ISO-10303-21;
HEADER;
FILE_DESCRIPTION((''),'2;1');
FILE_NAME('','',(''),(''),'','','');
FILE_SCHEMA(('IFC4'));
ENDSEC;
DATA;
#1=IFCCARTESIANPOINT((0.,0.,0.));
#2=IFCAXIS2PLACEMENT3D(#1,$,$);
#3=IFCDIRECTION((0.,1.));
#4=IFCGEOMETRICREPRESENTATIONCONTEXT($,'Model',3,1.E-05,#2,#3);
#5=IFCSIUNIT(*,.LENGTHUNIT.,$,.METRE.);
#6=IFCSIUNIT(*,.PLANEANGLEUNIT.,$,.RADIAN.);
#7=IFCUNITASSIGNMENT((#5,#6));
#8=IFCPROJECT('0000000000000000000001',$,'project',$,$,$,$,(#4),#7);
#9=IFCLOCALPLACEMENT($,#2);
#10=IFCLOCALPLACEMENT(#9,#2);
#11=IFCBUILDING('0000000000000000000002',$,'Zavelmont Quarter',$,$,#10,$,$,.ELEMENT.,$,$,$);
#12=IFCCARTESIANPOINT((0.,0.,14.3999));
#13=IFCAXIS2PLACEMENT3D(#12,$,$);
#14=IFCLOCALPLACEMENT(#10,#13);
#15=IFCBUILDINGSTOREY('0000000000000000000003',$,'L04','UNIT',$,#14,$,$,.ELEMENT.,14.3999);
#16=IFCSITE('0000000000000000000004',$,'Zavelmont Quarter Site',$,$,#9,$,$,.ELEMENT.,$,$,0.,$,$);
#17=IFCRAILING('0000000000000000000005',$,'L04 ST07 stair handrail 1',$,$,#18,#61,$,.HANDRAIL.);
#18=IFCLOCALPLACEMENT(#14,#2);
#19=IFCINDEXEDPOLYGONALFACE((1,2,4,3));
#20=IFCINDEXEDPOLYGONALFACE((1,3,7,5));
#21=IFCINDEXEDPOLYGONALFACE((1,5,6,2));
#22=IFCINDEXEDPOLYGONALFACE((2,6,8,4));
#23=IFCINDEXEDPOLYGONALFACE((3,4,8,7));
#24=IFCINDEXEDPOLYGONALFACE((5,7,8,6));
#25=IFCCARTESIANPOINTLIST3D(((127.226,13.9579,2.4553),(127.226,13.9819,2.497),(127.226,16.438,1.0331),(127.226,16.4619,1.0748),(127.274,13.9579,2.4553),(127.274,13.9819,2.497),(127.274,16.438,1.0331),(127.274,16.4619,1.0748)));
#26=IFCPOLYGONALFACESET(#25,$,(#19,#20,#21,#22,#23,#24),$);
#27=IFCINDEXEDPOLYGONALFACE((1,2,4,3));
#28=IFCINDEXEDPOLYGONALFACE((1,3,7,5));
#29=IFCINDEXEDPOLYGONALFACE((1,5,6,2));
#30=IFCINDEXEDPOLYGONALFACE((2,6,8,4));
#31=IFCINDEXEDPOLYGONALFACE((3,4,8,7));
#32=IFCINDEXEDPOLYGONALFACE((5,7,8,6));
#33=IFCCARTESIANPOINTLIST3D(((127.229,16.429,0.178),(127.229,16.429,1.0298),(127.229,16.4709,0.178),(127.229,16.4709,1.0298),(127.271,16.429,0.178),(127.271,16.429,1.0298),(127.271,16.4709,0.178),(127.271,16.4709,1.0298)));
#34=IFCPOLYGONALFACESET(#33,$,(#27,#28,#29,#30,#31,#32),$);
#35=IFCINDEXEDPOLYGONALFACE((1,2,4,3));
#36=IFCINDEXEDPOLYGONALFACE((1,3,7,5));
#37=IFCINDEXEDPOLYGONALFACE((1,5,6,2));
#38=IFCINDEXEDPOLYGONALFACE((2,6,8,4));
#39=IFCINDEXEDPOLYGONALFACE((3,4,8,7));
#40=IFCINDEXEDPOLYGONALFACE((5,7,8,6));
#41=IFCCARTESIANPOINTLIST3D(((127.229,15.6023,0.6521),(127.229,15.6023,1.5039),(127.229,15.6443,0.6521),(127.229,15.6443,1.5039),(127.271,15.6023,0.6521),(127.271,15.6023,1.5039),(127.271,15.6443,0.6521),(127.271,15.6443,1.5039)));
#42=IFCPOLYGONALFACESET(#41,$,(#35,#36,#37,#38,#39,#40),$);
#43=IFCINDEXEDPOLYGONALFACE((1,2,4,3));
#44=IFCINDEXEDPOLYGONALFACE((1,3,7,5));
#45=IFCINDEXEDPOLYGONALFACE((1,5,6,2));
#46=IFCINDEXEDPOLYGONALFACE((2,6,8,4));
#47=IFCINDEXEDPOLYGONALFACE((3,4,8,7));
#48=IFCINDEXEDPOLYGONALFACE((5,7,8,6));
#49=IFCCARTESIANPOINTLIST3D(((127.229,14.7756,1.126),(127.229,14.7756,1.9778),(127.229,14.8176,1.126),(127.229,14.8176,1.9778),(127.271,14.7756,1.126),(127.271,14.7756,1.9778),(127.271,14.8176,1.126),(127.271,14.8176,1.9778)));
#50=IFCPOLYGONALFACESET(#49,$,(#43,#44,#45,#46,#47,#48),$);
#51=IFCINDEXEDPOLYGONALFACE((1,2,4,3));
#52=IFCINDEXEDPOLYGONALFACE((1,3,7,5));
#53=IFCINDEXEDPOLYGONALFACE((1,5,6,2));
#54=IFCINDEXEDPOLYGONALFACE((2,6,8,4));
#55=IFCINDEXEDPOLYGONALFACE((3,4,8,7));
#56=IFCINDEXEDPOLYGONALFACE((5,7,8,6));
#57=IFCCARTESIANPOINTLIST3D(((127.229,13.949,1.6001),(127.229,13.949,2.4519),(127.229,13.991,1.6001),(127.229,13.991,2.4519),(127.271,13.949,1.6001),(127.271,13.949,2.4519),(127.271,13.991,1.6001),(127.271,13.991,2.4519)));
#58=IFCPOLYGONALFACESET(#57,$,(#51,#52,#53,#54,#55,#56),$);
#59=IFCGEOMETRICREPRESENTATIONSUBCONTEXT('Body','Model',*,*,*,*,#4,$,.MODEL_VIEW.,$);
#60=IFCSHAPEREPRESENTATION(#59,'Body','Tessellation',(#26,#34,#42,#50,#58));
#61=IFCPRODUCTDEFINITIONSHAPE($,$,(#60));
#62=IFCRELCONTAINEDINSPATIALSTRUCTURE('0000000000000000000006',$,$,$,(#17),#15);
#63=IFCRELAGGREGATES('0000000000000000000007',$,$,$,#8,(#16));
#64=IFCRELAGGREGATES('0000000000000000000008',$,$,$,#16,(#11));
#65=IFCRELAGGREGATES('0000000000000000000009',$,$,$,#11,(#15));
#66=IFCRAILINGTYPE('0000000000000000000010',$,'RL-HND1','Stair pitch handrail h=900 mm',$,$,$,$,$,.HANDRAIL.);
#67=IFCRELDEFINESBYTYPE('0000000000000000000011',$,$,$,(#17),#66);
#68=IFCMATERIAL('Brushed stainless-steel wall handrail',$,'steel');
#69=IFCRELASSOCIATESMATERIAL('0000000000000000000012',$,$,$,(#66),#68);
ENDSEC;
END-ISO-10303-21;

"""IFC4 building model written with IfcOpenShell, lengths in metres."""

from ifc_helpers import new_model, si_unit, direction, frame, origin, origin_2d, place, context, subcontext, project, spatial, rectangle, extrude, material, type_object, element, save


model = new_model("IFC4")

# Units and contexts
model_context = context("Model", 3, precision=1e-05, world=origin(), true_north=direction((0.0, 1.0)))
body_context = subcontext(model_context, "Body", "Model", "MODEL_VIEW")
ifc_project = project(units=[si_unit("LENGTHUNIT", "METRE"), si_unit("PLANEANGLEUNIT", "RADIAN")], contexts=[model_context])

# Site, building, storey
site_placement = place(None, origin())
site = spatial("IfcSite", under=ifc_project, at=site_placement, Name="Zavelmont Quarter Site", CompositionType="ELEMENT", RefElevation=0.0)
building_placement = place(site_placement, origin())
building = spatial("IfcBuilding", under=site, at=building_placement, Name="Zavelmont Quarter", CompositionType="ELEMENT")
storey_placement = place(building_placement, frame((0.0, 0.0, 14.3999)))
storey = spatial("IfcBuildingStorey", under=building, at=storey_placement, Name="L04", Description="UNIT", CompositionType="ELEMENT", Elevation=14.3999)

# Railing
ifc_material_1 = material(Name="Brushed stainless-steel wall handrail", Category="steel")
railing_type_1 = type_object("IfcRailingType", Name="RL-HND1", Description="Stair pitch handrail h=900 mm", PredefinedType="HANDRAIL", material=ifc_material_1)
railing_1_placement = place(storey_placement, frame((127.25, 16.45, 0.178)))
element("IfcRailing", 1, at=railing_1_placement, inside=storey, type_object=railing_type_1, Name="L04 ST07 stair handrail 1", PredefinedType="HANDRAIL", context=body_context, shape_type="SweptSolid", body=[
    extrude(rectangle(XDim=0.0481, YDim=0.0481, at=origin_2d()), frame((0.0, 0.0, 0.876), z_axis=(0.0, -0.867491, 0.497454), x_axis=(1.0, 0.0, 0.0)), (0.0, 0.0, 1.0), 2.8589),
    extrude(rectangle(XDim=0.042, YDim=0.042, at=origin_2d()), origin(), (0.0, 0.0, 1.0), 0.8518),
    extrude(rectangle(XDim=0.042, YDim=0.042, at=origin_2d()), frame((0.0, -0.8267, 0.4741)), (0.0, 0.0, 1.0), 0.8518),
    extrude(rectangle(XDim=0.042, YDim=0.042, at=origin_2d()), frame((0.0, -1.6533, 0.948)), (0.0, 0.0, 1.0), 0.8518),
    extrude(rectangle(XDim=0.042, YDim=0.042, at=origin_2d()), frame((0.0, -2.48, 1.4221)), (0.0, 0.0, 1.0), 0.8518),
])

save(model, "model.ifc")
